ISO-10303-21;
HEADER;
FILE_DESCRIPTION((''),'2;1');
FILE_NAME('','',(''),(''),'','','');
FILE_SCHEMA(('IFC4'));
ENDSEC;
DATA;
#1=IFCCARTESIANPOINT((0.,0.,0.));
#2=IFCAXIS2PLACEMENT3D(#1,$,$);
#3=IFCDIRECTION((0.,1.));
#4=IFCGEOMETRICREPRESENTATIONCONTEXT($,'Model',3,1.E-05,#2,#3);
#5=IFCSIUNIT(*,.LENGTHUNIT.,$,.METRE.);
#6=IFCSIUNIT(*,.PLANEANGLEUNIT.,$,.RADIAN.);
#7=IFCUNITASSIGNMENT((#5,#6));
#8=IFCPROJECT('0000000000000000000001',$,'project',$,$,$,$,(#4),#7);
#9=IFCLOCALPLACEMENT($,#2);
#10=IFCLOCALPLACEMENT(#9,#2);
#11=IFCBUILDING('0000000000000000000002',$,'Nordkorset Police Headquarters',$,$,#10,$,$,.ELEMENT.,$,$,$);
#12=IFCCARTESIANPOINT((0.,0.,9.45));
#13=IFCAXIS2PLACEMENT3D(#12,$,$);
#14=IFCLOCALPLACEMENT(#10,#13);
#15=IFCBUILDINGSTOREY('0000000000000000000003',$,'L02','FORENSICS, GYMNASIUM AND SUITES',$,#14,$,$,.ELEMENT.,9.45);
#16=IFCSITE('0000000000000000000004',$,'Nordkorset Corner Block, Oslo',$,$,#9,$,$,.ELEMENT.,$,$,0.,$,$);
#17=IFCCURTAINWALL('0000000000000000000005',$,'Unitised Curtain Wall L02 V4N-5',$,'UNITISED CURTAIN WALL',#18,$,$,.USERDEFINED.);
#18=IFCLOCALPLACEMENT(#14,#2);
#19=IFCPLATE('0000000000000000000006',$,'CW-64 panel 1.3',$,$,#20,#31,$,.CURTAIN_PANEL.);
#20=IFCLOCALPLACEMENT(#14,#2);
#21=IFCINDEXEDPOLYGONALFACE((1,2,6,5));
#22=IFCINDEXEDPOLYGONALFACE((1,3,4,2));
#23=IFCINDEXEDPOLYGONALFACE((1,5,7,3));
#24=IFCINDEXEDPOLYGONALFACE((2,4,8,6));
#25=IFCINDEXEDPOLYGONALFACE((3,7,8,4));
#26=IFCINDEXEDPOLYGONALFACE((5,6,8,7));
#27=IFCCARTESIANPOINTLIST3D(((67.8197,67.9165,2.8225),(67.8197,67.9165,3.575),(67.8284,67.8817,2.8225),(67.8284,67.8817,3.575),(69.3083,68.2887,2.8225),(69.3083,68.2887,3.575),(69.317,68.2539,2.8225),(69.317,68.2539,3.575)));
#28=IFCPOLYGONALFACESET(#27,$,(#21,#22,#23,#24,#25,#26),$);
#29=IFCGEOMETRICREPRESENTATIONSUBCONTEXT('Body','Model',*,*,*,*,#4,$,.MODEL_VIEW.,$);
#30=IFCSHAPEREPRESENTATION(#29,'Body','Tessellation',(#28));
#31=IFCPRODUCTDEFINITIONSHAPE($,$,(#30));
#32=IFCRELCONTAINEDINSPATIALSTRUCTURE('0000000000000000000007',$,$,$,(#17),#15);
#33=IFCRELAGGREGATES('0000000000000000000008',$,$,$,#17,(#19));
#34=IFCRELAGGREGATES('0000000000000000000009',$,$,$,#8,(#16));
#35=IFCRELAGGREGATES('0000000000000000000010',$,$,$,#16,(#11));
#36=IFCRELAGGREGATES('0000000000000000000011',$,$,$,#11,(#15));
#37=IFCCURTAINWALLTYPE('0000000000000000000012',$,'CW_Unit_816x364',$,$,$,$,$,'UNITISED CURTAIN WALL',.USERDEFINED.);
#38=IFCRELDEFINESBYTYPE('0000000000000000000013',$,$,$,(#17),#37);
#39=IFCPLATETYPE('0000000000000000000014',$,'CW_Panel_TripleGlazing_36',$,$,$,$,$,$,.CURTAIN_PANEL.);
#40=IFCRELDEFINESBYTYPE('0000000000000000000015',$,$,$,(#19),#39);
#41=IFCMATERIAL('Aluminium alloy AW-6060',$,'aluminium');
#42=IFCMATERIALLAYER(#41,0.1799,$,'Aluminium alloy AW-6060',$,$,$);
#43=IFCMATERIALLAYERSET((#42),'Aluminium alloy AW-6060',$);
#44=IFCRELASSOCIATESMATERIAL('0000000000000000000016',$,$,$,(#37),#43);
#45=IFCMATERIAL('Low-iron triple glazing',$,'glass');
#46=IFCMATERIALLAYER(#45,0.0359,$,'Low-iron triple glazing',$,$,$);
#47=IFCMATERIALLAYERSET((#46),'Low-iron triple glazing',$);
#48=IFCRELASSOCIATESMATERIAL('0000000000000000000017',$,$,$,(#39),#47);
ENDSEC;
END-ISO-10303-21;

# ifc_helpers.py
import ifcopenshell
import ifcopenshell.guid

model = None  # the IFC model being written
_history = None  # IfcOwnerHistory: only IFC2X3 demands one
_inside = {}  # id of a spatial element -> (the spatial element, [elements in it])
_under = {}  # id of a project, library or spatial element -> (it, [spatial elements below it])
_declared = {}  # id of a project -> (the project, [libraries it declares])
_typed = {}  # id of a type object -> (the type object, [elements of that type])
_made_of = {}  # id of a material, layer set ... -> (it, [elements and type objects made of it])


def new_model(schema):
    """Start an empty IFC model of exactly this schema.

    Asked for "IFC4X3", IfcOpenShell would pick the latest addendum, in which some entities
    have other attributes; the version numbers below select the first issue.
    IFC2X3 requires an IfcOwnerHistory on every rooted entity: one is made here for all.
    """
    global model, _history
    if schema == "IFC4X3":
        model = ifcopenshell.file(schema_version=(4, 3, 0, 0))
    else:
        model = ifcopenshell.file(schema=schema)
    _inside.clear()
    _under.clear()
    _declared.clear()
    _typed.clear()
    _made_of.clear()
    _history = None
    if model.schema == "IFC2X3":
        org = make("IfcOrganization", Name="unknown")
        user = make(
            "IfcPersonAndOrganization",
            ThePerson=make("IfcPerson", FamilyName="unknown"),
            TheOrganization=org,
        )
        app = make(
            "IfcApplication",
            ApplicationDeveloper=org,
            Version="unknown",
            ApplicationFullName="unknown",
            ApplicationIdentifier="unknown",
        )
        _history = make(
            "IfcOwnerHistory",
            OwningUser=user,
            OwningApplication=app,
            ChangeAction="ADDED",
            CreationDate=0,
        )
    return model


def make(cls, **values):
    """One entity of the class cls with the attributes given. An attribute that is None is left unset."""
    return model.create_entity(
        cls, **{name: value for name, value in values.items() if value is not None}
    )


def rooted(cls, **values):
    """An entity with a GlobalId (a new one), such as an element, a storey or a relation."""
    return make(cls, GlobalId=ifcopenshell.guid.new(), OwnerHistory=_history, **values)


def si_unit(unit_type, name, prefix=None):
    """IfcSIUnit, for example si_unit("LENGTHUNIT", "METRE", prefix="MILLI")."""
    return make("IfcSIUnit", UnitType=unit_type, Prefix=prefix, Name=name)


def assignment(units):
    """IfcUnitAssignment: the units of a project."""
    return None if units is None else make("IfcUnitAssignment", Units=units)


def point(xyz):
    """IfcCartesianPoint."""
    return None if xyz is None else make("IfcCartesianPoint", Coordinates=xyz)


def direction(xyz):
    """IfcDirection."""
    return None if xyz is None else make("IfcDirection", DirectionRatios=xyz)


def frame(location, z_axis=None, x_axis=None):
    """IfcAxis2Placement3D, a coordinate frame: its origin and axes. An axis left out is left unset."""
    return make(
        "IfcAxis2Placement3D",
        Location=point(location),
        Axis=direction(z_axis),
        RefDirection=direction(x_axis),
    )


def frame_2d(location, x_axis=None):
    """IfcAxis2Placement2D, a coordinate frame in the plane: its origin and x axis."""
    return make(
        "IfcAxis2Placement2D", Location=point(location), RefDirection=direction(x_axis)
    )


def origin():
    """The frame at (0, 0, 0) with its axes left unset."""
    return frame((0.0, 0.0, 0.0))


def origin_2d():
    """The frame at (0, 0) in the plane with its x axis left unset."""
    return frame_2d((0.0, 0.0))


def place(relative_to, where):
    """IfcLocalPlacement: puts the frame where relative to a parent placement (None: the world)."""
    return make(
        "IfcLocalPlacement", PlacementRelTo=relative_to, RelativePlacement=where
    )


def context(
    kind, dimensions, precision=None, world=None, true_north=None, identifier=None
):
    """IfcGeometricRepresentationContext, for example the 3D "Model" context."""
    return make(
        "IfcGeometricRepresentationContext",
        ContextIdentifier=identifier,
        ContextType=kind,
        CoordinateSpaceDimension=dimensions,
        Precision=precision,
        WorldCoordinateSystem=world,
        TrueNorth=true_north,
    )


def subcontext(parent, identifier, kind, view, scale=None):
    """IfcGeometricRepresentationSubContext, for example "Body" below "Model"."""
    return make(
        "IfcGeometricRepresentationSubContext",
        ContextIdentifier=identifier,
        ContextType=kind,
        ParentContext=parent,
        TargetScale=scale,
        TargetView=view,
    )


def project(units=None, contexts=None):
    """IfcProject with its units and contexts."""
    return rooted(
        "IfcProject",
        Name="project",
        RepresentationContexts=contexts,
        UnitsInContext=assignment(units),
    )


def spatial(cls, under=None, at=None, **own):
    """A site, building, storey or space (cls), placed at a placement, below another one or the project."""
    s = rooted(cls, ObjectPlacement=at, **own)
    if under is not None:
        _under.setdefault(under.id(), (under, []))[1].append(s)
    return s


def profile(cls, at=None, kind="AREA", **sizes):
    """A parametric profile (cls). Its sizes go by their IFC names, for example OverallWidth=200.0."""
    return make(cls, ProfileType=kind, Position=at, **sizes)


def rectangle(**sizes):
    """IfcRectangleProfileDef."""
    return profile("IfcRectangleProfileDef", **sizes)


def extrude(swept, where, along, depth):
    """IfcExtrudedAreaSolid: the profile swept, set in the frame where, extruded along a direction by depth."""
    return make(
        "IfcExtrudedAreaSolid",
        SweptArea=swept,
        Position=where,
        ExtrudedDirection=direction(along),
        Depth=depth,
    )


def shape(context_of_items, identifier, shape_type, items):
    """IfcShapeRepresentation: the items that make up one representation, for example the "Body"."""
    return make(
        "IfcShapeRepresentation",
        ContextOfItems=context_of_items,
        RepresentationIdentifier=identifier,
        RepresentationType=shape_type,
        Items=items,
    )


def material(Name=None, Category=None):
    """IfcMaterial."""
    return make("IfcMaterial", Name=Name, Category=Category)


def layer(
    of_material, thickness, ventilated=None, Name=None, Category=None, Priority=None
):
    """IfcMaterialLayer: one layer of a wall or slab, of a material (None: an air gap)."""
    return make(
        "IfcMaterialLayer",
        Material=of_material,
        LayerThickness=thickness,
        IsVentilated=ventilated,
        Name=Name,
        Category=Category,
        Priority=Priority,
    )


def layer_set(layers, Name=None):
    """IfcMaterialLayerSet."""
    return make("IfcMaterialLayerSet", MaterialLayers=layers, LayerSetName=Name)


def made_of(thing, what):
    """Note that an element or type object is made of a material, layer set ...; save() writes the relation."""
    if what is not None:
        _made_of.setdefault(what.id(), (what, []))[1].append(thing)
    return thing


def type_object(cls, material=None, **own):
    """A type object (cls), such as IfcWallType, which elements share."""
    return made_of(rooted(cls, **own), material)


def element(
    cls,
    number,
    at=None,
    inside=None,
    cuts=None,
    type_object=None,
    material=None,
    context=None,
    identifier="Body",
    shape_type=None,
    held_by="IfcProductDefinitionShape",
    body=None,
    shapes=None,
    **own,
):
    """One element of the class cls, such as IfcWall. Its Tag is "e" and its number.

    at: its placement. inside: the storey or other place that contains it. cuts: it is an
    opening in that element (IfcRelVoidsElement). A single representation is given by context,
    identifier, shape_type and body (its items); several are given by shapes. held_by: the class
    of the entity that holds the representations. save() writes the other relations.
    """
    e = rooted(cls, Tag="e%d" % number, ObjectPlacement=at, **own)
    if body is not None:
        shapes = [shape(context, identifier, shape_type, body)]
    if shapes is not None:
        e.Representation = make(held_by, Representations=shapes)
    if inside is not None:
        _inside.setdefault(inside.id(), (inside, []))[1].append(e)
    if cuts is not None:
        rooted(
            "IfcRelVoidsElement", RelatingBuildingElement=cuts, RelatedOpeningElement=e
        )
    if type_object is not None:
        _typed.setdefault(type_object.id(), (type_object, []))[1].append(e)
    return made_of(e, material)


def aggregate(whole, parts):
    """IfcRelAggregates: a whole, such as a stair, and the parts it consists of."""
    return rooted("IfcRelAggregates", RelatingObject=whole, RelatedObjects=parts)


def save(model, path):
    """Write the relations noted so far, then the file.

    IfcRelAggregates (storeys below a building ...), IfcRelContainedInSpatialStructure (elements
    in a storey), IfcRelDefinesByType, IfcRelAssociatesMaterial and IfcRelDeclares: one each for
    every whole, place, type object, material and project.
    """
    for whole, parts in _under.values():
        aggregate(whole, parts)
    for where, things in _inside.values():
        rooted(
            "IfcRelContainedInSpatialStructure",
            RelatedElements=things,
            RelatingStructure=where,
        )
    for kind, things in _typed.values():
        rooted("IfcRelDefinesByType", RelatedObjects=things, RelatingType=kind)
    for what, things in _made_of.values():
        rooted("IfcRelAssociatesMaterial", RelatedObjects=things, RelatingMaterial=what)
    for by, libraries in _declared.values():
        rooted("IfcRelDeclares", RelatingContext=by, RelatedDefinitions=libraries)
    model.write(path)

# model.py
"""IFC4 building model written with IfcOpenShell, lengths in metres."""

from ifc_helpers import new_model, si_unit, direction, frame, origin, origin_2d, place, context, subcontext, project, spatial, rectangle, extrude, material, layer, layer_set, type_object, element, aggregate, save


model = new_model("IFC4")

# Units and contexts
model_context = context("Model", 3, precision=1e-05, world=origin(), true_north=direction((0.0, 1.0)))
body_context = subcontext(model_context, "Body", "Model", "MODEL_VIEW")
ifc_project = project(units=[si_unit("LENGTHUNIT", "METRE"), si_unit("PLANEANGLEUNIT", "RADIAN")], contexts=[model_context])

# Site, building, storey
site_placement = place(None, origin())
site = spatial("IfcSite", under=ifc_project, at=site_placement, Name="Nordkorset Corner Block, Oslo", CompositionType="ELEMENT", RefElevation=0.0)
building_placement = place(site_placement, origin())
building = spatial("IfcBuilding", under=site, at=building_placement, Name="Nordkorset Police Headquarters", CompositionType="ELEMENT")
storey_placement = place(building_placement, frame((0.0, 0.0, 9.45)))
storey = spatial("IfcBuildingStorey", under=building, at=storey_placement, Name="L02", Description="FORENSICS, GYMNASIUM AND SUITES", CompositionType="ELEMENT", Elevation=9.45)

# Curtain wall
ifc_material_1 = material(Name="Aluminium alloy AW-6060", Category="aluminium")
ifc_layer_1 = layer(ifc_material_1, 0.1799, Name="Aluminium alloy AW-6060")
ifc_layer_set_1 = layer_set([ifc_layer_1], Name="Aluminium alloy AW-6060")
curtain_wall_type = type_object("IfcCurtainWallType", Name="CW_Unit_816x364", ElementType="UNITISED CURTAIN WALL", PredefinedType="USERDEFINED", material=ifc_layer_set_1)
curtain_wall_1_placement = place(storey_placement, origin())
curtain_wall_1 = element("IfcCurtainWall", 1, at=curtain_wall_1_placement, inside=storey, type_object=curtain_wall_type, Name="Unitised Curtain Wall L02 V4N-5", ObjectType="UNITISED CURTAIN WALL", PredefinedType="USERDEFINED")

# Plate
ifc_material_2 = material(Name="Low-iron triple glazing", Category="glass")
ifc_layer_2 = layer(ifc_material_2, 0.0359, Name="Low-iron triple glazing")
ifc_layer_set_2 = layer_set([ifc_layer_2], Name="Low-iron triple glazing")
plate_type = type_object("IfcPlateType", Name="CW_Panel_TripleGlazing_36", PredefinedType="CURTAIN_PANEL", material=ifc_layer_set_2)
plate_1_placement = place(storey_placement, frame((68.5684, 68.0852, 2.8225), z_axis=(0.0, 0.0, 1.0), x_axis=(0.970143, 0.242536, 0.0)))
plate_1 = element("IfcPlate", 2, at=plate_1_placement, type_object=plate_type, Name="CW-64 panel 1.3", PredefinedType="CURTAIN_PANEL", context=body_context, shape_type="SweptSolid", body=[
    extrude(rectangle(XDim=1.5344, YDim=0.0359, at=origin_2d()), origin(), (0.0, 0.0, 1.0), 0.7524),
])
aggregate(curtain_wall_1, [plate_1])

save(model, "model.ifc")
